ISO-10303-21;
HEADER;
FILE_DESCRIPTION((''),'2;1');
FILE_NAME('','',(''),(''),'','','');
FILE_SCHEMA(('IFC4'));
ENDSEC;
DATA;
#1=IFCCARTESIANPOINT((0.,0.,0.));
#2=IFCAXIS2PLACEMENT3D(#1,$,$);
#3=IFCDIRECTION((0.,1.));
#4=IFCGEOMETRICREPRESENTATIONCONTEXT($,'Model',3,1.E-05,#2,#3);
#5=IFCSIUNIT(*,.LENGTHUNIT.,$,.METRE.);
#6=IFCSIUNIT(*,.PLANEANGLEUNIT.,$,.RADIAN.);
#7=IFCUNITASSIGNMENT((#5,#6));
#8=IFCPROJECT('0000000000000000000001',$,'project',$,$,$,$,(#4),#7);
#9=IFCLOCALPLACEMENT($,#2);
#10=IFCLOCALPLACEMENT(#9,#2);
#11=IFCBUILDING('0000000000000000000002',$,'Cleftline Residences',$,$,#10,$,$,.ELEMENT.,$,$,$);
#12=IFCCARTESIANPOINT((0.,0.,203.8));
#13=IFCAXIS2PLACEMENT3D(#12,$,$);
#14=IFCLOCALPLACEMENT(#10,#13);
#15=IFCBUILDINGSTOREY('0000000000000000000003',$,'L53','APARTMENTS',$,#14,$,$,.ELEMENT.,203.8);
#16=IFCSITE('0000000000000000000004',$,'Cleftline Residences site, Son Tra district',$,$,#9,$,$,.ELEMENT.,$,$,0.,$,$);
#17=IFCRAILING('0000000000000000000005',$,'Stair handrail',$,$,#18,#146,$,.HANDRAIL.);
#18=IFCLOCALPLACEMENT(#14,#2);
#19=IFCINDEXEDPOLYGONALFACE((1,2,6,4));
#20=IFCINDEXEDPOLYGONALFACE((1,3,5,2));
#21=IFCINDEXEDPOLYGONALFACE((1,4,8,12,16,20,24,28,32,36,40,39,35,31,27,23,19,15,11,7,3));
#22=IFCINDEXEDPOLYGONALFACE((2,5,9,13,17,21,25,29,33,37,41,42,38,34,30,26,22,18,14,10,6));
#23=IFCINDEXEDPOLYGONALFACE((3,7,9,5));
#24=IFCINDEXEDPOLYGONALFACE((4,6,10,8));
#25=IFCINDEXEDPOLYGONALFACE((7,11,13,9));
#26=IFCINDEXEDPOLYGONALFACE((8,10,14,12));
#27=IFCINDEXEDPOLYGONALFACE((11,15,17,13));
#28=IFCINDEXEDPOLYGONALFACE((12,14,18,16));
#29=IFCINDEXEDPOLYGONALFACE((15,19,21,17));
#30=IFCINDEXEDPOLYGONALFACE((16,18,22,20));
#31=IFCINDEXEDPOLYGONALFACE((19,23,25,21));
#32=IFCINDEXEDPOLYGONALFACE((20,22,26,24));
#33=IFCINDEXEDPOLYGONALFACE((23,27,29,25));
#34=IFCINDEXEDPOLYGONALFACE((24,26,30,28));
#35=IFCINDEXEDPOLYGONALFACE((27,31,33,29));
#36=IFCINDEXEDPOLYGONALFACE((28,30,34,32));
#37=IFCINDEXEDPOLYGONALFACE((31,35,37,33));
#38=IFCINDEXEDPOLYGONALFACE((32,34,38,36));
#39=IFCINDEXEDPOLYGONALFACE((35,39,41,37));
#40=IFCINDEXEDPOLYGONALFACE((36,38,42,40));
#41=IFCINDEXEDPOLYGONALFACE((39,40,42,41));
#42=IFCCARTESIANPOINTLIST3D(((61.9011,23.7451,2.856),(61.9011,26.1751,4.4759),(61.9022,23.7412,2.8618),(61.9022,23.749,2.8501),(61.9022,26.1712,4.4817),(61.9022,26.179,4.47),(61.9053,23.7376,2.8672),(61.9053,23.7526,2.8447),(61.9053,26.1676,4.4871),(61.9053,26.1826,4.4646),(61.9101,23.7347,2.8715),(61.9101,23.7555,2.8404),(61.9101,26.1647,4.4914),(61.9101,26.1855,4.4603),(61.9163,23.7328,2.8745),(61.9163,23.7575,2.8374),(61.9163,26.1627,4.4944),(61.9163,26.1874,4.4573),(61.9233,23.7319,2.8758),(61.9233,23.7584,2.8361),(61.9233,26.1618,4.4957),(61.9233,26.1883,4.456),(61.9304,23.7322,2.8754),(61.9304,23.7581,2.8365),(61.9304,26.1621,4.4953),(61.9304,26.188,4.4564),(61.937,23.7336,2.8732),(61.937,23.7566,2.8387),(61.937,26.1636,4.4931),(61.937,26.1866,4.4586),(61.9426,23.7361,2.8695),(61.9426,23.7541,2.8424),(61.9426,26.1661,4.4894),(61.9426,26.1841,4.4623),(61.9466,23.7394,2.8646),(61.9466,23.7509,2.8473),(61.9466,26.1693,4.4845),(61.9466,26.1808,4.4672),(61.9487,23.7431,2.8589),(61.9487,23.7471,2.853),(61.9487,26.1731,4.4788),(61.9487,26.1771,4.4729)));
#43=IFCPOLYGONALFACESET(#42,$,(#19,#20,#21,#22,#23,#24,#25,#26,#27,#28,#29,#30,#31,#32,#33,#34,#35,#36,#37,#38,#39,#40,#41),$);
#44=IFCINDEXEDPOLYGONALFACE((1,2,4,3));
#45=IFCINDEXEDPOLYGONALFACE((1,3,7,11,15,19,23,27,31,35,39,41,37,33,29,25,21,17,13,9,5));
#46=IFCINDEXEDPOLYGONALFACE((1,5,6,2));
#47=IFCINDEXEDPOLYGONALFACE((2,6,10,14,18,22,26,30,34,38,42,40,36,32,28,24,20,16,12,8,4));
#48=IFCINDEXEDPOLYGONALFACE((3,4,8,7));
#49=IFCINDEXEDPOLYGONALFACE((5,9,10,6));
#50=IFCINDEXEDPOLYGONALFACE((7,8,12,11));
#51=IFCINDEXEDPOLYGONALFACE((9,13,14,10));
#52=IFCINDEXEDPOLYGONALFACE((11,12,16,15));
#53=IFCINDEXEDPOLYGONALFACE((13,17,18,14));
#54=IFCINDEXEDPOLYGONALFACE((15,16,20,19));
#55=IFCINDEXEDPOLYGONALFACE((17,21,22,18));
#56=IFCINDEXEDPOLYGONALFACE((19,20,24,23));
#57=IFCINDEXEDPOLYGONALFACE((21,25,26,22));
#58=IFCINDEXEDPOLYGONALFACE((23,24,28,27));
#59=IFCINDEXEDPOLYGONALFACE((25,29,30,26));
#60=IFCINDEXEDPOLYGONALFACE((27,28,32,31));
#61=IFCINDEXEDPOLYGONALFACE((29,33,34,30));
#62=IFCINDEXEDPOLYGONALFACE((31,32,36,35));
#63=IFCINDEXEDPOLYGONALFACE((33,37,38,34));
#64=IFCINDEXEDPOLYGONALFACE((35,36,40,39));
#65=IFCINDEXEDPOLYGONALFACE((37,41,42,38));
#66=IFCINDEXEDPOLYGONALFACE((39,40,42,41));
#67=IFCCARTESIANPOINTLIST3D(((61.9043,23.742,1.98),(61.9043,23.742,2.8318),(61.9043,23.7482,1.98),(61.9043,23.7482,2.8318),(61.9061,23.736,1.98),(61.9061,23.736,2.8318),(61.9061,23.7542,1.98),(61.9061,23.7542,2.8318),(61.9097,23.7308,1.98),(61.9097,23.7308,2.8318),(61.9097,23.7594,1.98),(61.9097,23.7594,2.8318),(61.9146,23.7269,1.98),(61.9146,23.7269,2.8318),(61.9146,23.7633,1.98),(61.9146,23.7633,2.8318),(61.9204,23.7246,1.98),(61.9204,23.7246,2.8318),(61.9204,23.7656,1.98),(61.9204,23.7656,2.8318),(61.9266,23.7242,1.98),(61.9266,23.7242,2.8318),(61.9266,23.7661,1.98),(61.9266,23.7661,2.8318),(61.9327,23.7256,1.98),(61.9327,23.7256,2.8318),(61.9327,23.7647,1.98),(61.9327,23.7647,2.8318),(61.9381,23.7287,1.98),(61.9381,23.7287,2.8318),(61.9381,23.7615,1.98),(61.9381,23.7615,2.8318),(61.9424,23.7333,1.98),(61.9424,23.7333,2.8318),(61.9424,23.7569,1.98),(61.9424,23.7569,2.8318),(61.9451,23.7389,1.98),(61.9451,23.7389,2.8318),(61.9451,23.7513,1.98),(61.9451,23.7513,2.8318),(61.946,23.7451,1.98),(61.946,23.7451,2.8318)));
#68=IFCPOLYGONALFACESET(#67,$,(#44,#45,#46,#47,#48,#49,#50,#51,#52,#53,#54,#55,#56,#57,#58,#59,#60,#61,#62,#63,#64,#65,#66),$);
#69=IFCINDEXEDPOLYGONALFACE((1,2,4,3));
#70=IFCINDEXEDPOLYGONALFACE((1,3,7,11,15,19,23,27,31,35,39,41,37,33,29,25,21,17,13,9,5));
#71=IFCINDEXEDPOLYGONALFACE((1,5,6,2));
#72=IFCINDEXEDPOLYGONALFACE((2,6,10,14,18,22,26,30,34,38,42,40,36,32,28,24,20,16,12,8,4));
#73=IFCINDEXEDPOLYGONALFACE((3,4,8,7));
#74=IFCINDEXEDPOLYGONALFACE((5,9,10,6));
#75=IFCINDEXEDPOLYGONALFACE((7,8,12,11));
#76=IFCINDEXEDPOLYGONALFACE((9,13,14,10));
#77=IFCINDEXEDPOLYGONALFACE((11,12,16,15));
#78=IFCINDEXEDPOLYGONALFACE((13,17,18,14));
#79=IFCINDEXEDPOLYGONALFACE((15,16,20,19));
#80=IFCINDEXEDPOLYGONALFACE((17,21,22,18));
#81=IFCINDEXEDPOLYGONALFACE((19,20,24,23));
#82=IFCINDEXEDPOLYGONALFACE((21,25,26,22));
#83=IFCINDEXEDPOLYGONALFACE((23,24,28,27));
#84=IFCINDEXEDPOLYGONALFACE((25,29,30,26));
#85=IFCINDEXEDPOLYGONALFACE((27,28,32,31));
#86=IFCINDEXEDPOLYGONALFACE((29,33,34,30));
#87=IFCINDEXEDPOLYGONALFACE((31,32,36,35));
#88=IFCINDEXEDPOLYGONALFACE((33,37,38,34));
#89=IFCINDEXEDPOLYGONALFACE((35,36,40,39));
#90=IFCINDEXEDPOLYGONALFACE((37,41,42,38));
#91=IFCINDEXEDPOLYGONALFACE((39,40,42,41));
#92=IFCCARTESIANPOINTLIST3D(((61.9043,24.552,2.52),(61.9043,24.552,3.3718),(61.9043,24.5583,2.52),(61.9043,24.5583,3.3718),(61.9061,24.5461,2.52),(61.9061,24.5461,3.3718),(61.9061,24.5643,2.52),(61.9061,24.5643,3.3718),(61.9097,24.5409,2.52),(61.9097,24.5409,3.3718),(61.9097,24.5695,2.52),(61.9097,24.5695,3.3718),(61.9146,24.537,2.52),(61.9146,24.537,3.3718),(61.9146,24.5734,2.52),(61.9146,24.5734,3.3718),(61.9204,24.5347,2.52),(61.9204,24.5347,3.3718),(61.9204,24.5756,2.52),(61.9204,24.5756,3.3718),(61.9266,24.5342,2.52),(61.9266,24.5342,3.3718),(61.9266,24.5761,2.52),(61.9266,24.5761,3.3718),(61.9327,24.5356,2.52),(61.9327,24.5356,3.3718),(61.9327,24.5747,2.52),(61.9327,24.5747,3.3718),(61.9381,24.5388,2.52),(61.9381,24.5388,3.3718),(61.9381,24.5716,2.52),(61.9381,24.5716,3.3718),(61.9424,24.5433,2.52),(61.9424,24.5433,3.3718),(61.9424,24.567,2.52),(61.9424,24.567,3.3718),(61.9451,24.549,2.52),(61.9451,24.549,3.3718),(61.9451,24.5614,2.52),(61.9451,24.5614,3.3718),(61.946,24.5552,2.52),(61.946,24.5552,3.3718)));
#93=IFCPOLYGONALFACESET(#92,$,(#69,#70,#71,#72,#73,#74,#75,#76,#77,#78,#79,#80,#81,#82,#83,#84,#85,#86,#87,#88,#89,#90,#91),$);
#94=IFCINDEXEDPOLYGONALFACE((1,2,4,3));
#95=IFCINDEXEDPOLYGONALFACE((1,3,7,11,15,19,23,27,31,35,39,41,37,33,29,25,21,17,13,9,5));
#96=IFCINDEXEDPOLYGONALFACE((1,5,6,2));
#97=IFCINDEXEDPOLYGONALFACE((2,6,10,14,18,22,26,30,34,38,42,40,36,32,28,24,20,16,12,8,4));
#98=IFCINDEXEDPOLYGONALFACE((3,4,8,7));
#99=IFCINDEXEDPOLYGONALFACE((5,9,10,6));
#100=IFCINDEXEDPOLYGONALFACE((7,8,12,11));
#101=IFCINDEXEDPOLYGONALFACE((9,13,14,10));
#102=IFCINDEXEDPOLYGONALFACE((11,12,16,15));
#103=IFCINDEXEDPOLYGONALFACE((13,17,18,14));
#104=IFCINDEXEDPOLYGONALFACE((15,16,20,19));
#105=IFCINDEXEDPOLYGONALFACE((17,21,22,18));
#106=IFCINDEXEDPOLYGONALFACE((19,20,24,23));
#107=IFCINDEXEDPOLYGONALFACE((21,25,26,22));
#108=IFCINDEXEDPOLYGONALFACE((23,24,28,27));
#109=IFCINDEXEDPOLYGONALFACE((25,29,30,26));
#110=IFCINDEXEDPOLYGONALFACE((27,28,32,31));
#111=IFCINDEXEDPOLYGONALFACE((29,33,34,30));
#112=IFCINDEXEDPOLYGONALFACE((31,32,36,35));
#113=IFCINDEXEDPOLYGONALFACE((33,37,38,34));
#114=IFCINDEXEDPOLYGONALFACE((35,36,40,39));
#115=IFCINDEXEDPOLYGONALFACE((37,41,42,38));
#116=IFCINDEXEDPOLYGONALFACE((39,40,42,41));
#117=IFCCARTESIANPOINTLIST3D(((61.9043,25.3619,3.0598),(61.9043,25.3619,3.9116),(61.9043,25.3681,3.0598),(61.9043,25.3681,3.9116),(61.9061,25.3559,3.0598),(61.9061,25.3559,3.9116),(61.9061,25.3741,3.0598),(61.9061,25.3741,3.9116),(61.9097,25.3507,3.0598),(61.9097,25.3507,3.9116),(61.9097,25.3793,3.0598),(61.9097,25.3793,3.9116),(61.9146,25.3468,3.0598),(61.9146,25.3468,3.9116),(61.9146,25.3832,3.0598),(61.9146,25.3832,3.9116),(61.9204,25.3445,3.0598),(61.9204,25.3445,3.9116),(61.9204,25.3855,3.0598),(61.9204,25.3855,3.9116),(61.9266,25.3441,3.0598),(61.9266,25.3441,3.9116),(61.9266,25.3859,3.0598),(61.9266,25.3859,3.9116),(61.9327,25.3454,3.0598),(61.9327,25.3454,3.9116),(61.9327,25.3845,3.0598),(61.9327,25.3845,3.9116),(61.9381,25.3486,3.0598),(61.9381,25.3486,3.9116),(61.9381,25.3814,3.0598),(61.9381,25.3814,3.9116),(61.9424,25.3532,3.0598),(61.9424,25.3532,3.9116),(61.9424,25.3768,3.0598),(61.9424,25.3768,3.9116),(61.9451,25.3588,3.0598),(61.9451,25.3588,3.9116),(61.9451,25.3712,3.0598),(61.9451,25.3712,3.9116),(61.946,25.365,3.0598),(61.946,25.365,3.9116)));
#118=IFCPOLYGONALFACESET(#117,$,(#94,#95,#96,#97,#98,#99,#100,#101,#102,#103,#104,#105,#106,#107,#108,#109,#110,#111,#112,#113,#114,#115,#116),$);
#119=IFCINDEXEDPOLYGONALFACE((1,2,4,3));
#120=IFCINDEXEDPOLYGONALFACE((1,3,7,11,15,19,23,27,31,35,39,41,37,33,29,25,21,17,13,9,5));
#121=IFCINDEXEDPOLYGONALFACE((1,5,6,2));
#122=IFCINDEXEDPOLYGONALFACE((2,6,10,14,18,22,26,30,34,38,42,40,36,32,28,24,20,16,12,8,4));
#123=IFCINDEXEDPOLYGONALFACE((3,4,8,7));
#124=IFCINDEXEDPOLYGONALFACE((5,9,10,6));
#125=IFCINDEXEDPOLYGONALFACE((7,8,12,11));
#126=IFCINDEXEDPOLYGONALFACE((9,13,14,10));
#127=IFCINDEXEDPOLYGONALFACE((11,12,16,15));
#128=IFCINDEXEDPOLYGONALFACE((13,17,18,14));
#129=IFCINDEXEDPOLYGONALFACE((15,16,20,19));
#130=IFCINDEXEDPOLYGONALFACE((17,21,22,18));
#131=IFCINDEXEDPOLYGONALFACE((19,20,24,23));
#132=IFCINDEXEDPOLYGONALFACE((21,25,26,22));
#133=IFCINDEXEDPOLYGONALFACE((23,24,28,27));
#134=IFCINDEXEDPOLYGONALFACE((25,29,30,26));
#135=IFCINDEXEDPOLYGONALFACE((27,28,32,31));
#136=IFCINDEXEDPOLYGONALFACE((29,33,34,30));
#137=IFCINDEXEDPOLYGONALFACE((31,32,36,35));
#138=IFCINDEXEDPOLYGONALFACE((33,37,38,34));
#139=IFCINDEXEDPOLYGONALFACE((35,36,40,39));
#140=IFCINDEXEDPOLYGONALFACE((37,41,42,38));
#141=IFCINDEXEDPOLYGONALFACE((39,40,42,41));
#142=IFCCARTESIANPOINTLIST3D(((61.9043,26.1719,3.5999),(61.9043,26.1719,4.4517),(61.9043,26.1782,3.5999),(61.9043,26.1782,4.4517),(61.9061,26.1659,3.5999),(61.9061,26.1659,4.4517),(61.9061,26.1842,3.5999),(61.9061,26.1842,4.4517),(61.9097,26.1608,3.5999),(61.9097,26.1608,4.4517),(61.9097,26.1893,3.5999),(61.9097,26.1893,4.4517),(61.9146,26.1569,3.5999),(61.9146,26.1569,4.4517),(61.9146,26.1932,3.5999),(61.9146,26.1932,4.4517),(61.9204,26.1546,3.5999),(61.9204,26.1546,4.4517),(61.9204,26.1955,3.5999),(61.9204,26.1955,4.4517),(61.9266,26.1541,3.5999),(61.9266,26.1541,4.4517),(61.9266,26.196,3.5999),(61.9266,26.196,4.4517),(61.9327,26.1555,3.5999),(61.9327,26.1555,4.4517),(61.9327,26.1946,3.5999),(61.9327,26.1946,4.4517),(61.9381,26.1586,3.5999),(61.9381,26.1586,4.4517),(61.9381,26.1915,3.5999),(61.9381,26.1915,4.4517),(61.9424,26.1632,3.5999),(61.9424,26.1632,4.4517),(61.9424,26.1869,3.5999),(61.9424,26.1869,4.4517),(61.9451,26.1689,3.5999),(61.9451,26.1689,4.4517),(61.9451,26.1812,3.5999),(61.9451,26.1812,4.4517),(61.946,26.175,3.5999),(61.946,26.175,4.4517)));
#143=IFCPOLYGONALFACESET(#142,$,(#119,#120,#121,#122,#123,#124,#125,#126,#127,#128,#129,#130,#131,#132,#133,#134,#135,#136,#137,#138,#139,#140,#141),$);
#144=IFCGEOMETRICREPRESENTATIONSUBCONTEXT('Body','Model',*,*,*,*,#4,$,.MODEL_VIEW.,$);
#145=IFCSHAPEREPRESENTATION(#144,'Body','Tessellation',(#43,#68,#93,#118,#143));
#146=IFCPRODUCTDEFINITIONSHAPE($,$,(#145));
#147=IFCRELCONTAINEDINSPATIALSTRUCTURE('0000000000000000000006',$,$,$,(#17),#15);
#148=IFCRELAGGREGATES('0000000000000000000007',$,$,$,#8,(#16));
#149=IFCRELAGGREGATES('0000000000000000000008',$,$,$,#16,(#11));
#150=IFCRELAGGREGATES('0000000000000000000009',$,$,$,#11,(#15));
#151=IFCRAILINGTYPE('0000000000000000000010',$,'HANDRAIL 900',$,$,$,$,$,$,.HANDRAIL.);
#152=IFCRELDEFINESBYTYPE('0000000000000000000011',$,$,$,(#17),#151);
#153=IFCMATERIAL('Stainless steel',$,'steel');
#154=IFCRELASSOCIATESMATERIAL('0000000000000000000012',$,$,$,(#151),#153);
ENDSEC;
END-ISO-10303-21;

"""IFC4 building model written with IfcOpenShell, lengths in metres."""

from ifc_helpers import new_model, si_unit, direction, frame, origin, origin_2d, place, context, subcontext, project, spatial, circle, extrude, material, type_object, element, save


model = new_model("IFC4")

# Units and contexts
model_context = context("Model", 3, precision=1e-05, world=origin(), true_north=direction((0.0, 1.0)))
body_context = subcontext(model_context, "Body", "Model", "MODEL_VIEW")
ifc_project = project(units=[si_unit("LENGTHUNIT", "METRE"), si_unit("PLANEANGLEUNIT", "RADIAN")], contexts=[model_context])

# Site, building, storey
site_placement = place(None, origin())
site = spatial("IfcSite", under=ifc_project, at=site_placement, Name="Cleftline Residences site, Son Tra district", CompositionType="ELEMENT", RefElevation=0.0)
building_placement = place(site_placement, origin())
building = spatial("IfcBuilding", under=site, at=building_placement, Name="Cleftline Residences", CompositionType="ELEMENT")
storey_placement = place(building_placement, frame((0.0, 0.0, 203.8)))
storey = spatial("IfcBuildingStorey", under=building, at=storey_placement, Name="L53", Description="APARTMENTS", CompositionType="ELEMENT", Elevation=203.8)

# Railing
ifc_material_1 = material(Name="Stainless steel", Category="steel")
railing_type = type_object("IfcRailingType", Name="HANDRAIL 900", PredefinedType="HANDRAIL", material=ifc_material_1)
railing_placement = place(storey_placement, frame((61.925, 23.7451, 1.98)))
element("IfcRailing", 1, at=railing_placement, inside=storey, type_object=railing_type, Name="Stair handrail", PredefinedType="HANDRAIL", context=body_context, shape_type="SweptSolid", body=[
    extrude(circle(Radius=0.0239, at=origin_2d()), frame((0.0, 0.0, 0.876), z_axis=(0.0, 0.832063, 0.554681), x_axis=(-1.0, 0.0, 0.0)), (0.0, 0.0, 1.0), 2.9204),
    extrude(circle(Radius=0.021, at=origin_2d()), origin(), (0.0, 0.0, 1.0), 0.8518),
    extrude(circle(Radius=0.021, at=origin_2d()), frame((0.0, 0.8101, 0.54)), (0.0, 0.0, 1.0), 0.8518),
    extrude(circle(Radius=0.021, at=origin_2d()), frame((0.0, 1.6199, 1.0798)), (0.0, 0.0, 1.0), 0.8518),
    extrude(circle(Radius=0.021, at=origin_2d()), frame((0.0, 2.4299, 1.6199)), (0.0, 0.0, 1.0), 0.8518),
])

save(model, "model.ifc")
